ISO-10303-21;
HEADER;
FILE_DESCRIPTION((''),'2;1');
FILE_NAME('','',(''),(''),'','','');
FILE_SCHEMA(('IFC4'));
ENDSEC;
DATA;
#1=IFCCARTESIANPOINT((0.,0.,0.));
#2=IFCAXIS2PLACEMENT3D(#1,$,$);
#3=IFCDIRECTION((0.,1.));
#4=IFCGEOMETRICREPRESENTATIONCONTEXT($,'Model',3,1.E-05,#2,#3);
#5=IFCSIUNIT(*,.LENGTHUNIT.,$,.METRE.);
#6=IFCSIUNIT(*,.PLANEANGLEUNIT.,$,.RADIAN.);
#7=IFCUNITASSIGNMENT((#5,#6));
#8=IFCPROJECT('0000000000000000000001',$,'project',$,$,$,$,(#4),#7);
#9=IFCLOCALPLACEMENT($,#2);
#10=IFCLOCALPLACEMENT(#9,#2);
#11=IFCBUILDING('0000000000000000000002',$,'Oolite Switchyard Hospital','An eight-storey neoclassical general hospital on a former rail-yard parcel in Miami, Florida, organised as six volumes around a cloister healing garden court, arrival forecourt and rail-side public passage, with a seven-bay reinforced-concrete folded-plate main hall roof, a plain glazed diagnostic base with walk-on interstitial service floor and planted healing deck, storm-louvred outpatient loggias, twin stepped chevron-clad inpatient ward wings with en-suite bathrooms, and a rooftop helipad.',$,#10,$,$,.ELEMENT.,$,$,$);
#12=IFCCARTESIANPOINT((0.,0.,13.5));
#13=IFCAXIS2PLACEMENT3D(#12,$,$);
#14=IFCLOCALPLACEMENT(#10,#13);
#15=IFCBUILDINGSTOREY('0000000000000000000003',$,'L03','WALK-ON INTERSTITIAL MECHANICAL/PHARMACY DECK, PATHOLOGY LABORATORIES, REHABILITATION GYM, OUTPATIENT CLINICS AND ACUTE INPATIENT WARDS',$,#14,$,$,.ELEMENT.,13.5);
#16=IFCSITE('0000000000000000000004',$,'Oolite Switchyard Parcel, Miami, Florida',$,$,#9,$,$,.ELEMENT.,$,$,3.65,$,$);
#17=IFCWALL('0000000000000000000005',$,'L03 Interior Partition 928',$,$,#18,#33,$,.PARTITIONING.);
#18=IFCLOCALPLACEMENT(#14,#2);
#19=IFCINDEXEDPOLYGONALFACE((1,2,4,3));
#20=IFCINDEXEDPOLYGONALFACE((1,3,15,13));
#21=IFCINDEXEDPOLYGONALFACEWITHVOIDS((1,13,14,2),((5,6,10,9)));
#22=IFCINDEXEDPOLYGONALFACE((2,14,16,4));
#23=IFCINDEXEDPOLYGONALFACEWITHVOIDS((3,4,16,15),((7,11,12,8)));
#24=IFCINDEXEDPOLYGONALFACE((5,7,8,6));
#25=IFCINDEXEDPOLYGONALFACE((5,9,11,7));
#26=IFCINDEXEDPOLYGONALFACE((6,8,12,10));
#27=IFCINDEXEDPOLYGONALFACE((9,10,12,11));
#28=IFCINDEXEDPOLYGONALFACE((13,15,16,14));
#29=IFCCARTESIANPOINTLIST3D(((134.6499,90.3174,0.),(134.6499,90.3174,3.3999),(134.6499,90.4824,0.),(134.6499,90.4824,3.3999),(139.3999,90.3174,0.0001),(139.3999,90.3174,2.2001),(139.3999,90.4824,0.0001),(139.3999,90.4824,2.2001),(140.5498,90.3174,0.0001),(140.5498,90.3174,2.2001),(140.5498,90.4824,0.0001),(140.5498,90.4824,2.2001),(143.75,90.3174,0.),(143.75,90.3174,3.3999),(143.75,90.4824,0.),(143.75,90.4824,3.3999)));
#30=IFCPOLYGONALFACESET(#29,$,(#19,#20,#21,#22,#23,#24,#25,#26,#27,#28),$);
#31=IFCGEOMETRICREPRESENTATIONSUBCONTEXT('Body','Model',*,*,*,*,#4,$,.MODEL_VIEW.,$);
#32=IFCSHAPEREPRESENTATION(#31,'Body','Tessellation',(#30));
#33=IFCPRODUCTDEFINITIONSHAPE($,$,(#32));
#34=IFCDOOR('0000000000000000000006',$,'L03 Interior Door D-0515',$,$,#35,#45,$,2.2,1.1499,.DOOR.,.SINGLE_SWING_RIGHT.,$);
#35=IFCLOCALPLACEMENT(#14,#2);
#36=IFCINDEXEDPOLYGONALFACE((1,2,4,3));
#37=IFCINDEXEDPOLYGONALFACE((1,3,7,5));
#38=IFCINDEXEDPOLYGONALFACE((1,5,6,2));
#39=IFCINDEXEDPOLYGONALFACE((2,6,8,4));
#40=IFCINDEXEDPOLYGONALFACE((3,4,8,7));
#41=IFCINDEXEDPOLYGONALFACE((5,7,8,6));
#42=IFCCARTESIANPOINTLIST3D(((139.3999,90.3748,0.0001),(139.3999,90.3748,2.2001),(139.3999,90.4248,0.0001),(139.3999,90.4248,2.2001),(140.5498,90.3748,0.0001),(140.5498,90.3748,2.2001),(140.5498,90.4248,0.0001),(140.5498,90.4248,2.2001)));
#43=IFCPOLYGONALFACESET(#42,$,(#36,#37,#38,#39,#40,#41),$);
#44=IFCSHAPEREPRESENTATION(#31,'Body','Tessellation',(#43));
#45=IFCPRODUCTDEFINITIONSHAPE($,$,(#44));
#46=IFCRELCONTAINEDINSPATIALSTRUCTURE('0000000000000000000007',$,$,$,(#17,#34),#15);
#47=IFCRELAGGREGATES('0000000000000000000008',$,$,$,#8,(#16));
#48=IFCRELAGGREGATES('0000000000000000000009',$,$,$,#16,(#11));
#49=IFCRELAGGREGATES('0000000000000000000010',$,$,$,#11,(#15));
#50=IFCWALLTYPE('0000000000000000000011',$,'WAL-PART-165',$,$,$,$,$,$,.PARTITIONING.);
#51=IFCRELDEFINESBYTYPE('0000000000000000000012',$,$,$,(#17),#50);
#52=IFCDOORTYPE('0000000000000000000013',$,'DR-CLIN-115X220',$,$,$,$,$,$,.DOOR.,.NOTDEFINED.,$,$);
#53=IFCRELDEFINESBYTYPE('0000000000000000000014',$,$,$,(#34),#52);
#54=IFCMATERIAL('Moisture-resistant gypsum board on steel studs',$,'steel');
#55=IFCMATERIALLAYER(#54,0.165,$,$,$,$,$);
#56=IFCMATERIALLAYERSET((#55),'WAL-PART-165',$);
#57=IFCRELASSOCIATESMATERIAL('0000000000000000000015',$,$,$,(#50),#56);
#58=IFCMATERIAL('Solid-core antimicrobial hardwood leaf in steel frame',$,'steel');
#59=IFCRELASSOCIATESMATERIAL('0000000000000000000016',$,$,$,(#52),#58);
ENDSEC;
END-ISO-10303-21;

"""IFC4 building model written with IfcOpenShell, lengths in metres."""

from ifc_helpers import new_model, si_unit, direction, frame, frame_2d, origin, place, context, subcontext, project, spatial, rectangle, extrude, material, layer, layer_set, type_object, element, fill, save


model = new_model("IFC4")

# Units and contexts
model_context = context("Model", 3, precision=1e-05, world=origin(), true_north=direction((0.0, 1.0)))
body_context = subcontext(model_context, "Body", "Model", "MODEL_VIEW")
ifc_project = project(units=[si_unit("LENGTHUNIT", "METRE"), si_unit("PLANEANGLEUNIT", "RADIAN")], contexts=[model_context])

# Site, building, storey
site_placement = place(None, origin())
site = spatial("IfcSite", under=ifc_project, at=site_placement, Name="Oolite Switchyard Parcel, Miami, Florida", CompositionType="ELEMENT", RefElevation=3.65)
building_placement = place(site_placement, origin())
building = spatial("IfcBuilding", under=site, at=building_placement, Name="Oolite Switchyard Hospital", Description="An eight-storey neoclassical general hospital on a former rail-yard parcel in Miami, Florida, organised as six volumes around a cloister healing garden court, arrival forecourt and rail-side public passage, with a seven-bay reinforced-concrete folded-plate main hall roof, a plain glazed diagnostic base with walk-on interstitial service floor and planted healing deck, storm-louvred outpatient loggias, twin stepped chevron-clad inpatient ward wings with en-suite bathrooms, and a rooftop helipad.", CompositionType="ELEMENT")
storey_placement = place(building_placement, frame((0.0, 0.0, 13.5)))
storey = spatial("IfcBuildingStorey", under=building, at=storey_placement, Name="L03", Description="WALK-ON INTERSTITIAL MECHANICAL/PHARMACY DECK, PATHOLOGY LABORATORIES, REHABILITATION GYM, OUTPATIENT CLINICS AND ACUTE INPATIENT WARDS", CompositionType="ELEMENT", Elevation=13.5)

# Shared definitions
ifc_material_1 = material(Name="Moisture-resistant gypsum board on steel studs", Category="steel")
ifc_material_2 = material(Name="Solid-core antimicrobial hardwood leaf in steel frame", Category="steel")

# Wall, opening, door
ifc_layer_1 = layer(ifc_material_1, 0.165)
ifc_layer_set_1 = layer_set([ifc_layer_1], Name="WAL-PART-165")
wall_type_1 = type_object("IfcWallType", Name="WAL-PART-165", PredefinedType="PARTITIONING", material=ifc_layer_set_1)
wall_1_placement = place(storey_placement, frame((134.6499, 90.3999, 0.0), z_axis=(0.0, 0.0, 1.0), x_axis=(1.0, 0.0, 0.0)))
wall_1 = element("IfcWall", 1, at=wall_1_placement, inside=storey, type_object=wall_type_1, Name="L03 Interior Partition 928", PredefinedType="PARTITIONING", context=body_context, shape_type="SweptSolid", body=[
    extrude(rectangle(XDim=9.1001, YDim=0.165, at=frame_2d((4.55, 0.0))), origin(), (0.0, 0.0, 1.0), 3.3999),
])
opening_1_placement = place(wall_1_placement, frame((4.75, 0.0, 0.0)))
opening_1 = element("IfcOpeningElement", 2, at=opening_1_placement, cuts=wall_1, PredefinedType="OPENING", context=body_context, shape_type="SweptSolid", body=[
    extrude(rectangle(XDim=1.1499, YDim=2.2, at=frame_2d((0.575, 1.1001))), frame((0.0, 0.0925, 0.0), z_axis=(0.0, -1.0, 0.0), x_axis=(1.0, 0.0, 0.0)), (0.0, 0.0, 1.0), 0.1851),
])
door_type_1 = type_object("IfcDoorType", Name="DR-CLIN-115X220", OperationType="NOTDEFINED", PredefinedType="DOOR", material=ifc_material_2)
door_1_placement = place(opening_1_placement, origin())
door_1 = element("IfcDoor", 3, at=door_1_placement, inside=storey, type_object=door_type_1, Name="L03 Interior Door D-0515", OperationType="SINGLE_SWING_RIGHT", OverallHeight=2.2, OverallWidth=1.1499, PredefinedType="DOOR", context=body_context, shape_type="SweptSolid", body=[
    extrude(rectangle(XDim=1.1499, YDim=2.2, at=frame_2d((0.575, 1.1001))), frame((0.0, 0.0249, 0.0), z_axis=(0.0, -1.0, 0.0), x_axis=(1.0, 0.0, 0.0)), (0.0, 0.0, 1.0), 0.05),
])
fill(opening_1, door_1)

save(model, "model.ifc")
